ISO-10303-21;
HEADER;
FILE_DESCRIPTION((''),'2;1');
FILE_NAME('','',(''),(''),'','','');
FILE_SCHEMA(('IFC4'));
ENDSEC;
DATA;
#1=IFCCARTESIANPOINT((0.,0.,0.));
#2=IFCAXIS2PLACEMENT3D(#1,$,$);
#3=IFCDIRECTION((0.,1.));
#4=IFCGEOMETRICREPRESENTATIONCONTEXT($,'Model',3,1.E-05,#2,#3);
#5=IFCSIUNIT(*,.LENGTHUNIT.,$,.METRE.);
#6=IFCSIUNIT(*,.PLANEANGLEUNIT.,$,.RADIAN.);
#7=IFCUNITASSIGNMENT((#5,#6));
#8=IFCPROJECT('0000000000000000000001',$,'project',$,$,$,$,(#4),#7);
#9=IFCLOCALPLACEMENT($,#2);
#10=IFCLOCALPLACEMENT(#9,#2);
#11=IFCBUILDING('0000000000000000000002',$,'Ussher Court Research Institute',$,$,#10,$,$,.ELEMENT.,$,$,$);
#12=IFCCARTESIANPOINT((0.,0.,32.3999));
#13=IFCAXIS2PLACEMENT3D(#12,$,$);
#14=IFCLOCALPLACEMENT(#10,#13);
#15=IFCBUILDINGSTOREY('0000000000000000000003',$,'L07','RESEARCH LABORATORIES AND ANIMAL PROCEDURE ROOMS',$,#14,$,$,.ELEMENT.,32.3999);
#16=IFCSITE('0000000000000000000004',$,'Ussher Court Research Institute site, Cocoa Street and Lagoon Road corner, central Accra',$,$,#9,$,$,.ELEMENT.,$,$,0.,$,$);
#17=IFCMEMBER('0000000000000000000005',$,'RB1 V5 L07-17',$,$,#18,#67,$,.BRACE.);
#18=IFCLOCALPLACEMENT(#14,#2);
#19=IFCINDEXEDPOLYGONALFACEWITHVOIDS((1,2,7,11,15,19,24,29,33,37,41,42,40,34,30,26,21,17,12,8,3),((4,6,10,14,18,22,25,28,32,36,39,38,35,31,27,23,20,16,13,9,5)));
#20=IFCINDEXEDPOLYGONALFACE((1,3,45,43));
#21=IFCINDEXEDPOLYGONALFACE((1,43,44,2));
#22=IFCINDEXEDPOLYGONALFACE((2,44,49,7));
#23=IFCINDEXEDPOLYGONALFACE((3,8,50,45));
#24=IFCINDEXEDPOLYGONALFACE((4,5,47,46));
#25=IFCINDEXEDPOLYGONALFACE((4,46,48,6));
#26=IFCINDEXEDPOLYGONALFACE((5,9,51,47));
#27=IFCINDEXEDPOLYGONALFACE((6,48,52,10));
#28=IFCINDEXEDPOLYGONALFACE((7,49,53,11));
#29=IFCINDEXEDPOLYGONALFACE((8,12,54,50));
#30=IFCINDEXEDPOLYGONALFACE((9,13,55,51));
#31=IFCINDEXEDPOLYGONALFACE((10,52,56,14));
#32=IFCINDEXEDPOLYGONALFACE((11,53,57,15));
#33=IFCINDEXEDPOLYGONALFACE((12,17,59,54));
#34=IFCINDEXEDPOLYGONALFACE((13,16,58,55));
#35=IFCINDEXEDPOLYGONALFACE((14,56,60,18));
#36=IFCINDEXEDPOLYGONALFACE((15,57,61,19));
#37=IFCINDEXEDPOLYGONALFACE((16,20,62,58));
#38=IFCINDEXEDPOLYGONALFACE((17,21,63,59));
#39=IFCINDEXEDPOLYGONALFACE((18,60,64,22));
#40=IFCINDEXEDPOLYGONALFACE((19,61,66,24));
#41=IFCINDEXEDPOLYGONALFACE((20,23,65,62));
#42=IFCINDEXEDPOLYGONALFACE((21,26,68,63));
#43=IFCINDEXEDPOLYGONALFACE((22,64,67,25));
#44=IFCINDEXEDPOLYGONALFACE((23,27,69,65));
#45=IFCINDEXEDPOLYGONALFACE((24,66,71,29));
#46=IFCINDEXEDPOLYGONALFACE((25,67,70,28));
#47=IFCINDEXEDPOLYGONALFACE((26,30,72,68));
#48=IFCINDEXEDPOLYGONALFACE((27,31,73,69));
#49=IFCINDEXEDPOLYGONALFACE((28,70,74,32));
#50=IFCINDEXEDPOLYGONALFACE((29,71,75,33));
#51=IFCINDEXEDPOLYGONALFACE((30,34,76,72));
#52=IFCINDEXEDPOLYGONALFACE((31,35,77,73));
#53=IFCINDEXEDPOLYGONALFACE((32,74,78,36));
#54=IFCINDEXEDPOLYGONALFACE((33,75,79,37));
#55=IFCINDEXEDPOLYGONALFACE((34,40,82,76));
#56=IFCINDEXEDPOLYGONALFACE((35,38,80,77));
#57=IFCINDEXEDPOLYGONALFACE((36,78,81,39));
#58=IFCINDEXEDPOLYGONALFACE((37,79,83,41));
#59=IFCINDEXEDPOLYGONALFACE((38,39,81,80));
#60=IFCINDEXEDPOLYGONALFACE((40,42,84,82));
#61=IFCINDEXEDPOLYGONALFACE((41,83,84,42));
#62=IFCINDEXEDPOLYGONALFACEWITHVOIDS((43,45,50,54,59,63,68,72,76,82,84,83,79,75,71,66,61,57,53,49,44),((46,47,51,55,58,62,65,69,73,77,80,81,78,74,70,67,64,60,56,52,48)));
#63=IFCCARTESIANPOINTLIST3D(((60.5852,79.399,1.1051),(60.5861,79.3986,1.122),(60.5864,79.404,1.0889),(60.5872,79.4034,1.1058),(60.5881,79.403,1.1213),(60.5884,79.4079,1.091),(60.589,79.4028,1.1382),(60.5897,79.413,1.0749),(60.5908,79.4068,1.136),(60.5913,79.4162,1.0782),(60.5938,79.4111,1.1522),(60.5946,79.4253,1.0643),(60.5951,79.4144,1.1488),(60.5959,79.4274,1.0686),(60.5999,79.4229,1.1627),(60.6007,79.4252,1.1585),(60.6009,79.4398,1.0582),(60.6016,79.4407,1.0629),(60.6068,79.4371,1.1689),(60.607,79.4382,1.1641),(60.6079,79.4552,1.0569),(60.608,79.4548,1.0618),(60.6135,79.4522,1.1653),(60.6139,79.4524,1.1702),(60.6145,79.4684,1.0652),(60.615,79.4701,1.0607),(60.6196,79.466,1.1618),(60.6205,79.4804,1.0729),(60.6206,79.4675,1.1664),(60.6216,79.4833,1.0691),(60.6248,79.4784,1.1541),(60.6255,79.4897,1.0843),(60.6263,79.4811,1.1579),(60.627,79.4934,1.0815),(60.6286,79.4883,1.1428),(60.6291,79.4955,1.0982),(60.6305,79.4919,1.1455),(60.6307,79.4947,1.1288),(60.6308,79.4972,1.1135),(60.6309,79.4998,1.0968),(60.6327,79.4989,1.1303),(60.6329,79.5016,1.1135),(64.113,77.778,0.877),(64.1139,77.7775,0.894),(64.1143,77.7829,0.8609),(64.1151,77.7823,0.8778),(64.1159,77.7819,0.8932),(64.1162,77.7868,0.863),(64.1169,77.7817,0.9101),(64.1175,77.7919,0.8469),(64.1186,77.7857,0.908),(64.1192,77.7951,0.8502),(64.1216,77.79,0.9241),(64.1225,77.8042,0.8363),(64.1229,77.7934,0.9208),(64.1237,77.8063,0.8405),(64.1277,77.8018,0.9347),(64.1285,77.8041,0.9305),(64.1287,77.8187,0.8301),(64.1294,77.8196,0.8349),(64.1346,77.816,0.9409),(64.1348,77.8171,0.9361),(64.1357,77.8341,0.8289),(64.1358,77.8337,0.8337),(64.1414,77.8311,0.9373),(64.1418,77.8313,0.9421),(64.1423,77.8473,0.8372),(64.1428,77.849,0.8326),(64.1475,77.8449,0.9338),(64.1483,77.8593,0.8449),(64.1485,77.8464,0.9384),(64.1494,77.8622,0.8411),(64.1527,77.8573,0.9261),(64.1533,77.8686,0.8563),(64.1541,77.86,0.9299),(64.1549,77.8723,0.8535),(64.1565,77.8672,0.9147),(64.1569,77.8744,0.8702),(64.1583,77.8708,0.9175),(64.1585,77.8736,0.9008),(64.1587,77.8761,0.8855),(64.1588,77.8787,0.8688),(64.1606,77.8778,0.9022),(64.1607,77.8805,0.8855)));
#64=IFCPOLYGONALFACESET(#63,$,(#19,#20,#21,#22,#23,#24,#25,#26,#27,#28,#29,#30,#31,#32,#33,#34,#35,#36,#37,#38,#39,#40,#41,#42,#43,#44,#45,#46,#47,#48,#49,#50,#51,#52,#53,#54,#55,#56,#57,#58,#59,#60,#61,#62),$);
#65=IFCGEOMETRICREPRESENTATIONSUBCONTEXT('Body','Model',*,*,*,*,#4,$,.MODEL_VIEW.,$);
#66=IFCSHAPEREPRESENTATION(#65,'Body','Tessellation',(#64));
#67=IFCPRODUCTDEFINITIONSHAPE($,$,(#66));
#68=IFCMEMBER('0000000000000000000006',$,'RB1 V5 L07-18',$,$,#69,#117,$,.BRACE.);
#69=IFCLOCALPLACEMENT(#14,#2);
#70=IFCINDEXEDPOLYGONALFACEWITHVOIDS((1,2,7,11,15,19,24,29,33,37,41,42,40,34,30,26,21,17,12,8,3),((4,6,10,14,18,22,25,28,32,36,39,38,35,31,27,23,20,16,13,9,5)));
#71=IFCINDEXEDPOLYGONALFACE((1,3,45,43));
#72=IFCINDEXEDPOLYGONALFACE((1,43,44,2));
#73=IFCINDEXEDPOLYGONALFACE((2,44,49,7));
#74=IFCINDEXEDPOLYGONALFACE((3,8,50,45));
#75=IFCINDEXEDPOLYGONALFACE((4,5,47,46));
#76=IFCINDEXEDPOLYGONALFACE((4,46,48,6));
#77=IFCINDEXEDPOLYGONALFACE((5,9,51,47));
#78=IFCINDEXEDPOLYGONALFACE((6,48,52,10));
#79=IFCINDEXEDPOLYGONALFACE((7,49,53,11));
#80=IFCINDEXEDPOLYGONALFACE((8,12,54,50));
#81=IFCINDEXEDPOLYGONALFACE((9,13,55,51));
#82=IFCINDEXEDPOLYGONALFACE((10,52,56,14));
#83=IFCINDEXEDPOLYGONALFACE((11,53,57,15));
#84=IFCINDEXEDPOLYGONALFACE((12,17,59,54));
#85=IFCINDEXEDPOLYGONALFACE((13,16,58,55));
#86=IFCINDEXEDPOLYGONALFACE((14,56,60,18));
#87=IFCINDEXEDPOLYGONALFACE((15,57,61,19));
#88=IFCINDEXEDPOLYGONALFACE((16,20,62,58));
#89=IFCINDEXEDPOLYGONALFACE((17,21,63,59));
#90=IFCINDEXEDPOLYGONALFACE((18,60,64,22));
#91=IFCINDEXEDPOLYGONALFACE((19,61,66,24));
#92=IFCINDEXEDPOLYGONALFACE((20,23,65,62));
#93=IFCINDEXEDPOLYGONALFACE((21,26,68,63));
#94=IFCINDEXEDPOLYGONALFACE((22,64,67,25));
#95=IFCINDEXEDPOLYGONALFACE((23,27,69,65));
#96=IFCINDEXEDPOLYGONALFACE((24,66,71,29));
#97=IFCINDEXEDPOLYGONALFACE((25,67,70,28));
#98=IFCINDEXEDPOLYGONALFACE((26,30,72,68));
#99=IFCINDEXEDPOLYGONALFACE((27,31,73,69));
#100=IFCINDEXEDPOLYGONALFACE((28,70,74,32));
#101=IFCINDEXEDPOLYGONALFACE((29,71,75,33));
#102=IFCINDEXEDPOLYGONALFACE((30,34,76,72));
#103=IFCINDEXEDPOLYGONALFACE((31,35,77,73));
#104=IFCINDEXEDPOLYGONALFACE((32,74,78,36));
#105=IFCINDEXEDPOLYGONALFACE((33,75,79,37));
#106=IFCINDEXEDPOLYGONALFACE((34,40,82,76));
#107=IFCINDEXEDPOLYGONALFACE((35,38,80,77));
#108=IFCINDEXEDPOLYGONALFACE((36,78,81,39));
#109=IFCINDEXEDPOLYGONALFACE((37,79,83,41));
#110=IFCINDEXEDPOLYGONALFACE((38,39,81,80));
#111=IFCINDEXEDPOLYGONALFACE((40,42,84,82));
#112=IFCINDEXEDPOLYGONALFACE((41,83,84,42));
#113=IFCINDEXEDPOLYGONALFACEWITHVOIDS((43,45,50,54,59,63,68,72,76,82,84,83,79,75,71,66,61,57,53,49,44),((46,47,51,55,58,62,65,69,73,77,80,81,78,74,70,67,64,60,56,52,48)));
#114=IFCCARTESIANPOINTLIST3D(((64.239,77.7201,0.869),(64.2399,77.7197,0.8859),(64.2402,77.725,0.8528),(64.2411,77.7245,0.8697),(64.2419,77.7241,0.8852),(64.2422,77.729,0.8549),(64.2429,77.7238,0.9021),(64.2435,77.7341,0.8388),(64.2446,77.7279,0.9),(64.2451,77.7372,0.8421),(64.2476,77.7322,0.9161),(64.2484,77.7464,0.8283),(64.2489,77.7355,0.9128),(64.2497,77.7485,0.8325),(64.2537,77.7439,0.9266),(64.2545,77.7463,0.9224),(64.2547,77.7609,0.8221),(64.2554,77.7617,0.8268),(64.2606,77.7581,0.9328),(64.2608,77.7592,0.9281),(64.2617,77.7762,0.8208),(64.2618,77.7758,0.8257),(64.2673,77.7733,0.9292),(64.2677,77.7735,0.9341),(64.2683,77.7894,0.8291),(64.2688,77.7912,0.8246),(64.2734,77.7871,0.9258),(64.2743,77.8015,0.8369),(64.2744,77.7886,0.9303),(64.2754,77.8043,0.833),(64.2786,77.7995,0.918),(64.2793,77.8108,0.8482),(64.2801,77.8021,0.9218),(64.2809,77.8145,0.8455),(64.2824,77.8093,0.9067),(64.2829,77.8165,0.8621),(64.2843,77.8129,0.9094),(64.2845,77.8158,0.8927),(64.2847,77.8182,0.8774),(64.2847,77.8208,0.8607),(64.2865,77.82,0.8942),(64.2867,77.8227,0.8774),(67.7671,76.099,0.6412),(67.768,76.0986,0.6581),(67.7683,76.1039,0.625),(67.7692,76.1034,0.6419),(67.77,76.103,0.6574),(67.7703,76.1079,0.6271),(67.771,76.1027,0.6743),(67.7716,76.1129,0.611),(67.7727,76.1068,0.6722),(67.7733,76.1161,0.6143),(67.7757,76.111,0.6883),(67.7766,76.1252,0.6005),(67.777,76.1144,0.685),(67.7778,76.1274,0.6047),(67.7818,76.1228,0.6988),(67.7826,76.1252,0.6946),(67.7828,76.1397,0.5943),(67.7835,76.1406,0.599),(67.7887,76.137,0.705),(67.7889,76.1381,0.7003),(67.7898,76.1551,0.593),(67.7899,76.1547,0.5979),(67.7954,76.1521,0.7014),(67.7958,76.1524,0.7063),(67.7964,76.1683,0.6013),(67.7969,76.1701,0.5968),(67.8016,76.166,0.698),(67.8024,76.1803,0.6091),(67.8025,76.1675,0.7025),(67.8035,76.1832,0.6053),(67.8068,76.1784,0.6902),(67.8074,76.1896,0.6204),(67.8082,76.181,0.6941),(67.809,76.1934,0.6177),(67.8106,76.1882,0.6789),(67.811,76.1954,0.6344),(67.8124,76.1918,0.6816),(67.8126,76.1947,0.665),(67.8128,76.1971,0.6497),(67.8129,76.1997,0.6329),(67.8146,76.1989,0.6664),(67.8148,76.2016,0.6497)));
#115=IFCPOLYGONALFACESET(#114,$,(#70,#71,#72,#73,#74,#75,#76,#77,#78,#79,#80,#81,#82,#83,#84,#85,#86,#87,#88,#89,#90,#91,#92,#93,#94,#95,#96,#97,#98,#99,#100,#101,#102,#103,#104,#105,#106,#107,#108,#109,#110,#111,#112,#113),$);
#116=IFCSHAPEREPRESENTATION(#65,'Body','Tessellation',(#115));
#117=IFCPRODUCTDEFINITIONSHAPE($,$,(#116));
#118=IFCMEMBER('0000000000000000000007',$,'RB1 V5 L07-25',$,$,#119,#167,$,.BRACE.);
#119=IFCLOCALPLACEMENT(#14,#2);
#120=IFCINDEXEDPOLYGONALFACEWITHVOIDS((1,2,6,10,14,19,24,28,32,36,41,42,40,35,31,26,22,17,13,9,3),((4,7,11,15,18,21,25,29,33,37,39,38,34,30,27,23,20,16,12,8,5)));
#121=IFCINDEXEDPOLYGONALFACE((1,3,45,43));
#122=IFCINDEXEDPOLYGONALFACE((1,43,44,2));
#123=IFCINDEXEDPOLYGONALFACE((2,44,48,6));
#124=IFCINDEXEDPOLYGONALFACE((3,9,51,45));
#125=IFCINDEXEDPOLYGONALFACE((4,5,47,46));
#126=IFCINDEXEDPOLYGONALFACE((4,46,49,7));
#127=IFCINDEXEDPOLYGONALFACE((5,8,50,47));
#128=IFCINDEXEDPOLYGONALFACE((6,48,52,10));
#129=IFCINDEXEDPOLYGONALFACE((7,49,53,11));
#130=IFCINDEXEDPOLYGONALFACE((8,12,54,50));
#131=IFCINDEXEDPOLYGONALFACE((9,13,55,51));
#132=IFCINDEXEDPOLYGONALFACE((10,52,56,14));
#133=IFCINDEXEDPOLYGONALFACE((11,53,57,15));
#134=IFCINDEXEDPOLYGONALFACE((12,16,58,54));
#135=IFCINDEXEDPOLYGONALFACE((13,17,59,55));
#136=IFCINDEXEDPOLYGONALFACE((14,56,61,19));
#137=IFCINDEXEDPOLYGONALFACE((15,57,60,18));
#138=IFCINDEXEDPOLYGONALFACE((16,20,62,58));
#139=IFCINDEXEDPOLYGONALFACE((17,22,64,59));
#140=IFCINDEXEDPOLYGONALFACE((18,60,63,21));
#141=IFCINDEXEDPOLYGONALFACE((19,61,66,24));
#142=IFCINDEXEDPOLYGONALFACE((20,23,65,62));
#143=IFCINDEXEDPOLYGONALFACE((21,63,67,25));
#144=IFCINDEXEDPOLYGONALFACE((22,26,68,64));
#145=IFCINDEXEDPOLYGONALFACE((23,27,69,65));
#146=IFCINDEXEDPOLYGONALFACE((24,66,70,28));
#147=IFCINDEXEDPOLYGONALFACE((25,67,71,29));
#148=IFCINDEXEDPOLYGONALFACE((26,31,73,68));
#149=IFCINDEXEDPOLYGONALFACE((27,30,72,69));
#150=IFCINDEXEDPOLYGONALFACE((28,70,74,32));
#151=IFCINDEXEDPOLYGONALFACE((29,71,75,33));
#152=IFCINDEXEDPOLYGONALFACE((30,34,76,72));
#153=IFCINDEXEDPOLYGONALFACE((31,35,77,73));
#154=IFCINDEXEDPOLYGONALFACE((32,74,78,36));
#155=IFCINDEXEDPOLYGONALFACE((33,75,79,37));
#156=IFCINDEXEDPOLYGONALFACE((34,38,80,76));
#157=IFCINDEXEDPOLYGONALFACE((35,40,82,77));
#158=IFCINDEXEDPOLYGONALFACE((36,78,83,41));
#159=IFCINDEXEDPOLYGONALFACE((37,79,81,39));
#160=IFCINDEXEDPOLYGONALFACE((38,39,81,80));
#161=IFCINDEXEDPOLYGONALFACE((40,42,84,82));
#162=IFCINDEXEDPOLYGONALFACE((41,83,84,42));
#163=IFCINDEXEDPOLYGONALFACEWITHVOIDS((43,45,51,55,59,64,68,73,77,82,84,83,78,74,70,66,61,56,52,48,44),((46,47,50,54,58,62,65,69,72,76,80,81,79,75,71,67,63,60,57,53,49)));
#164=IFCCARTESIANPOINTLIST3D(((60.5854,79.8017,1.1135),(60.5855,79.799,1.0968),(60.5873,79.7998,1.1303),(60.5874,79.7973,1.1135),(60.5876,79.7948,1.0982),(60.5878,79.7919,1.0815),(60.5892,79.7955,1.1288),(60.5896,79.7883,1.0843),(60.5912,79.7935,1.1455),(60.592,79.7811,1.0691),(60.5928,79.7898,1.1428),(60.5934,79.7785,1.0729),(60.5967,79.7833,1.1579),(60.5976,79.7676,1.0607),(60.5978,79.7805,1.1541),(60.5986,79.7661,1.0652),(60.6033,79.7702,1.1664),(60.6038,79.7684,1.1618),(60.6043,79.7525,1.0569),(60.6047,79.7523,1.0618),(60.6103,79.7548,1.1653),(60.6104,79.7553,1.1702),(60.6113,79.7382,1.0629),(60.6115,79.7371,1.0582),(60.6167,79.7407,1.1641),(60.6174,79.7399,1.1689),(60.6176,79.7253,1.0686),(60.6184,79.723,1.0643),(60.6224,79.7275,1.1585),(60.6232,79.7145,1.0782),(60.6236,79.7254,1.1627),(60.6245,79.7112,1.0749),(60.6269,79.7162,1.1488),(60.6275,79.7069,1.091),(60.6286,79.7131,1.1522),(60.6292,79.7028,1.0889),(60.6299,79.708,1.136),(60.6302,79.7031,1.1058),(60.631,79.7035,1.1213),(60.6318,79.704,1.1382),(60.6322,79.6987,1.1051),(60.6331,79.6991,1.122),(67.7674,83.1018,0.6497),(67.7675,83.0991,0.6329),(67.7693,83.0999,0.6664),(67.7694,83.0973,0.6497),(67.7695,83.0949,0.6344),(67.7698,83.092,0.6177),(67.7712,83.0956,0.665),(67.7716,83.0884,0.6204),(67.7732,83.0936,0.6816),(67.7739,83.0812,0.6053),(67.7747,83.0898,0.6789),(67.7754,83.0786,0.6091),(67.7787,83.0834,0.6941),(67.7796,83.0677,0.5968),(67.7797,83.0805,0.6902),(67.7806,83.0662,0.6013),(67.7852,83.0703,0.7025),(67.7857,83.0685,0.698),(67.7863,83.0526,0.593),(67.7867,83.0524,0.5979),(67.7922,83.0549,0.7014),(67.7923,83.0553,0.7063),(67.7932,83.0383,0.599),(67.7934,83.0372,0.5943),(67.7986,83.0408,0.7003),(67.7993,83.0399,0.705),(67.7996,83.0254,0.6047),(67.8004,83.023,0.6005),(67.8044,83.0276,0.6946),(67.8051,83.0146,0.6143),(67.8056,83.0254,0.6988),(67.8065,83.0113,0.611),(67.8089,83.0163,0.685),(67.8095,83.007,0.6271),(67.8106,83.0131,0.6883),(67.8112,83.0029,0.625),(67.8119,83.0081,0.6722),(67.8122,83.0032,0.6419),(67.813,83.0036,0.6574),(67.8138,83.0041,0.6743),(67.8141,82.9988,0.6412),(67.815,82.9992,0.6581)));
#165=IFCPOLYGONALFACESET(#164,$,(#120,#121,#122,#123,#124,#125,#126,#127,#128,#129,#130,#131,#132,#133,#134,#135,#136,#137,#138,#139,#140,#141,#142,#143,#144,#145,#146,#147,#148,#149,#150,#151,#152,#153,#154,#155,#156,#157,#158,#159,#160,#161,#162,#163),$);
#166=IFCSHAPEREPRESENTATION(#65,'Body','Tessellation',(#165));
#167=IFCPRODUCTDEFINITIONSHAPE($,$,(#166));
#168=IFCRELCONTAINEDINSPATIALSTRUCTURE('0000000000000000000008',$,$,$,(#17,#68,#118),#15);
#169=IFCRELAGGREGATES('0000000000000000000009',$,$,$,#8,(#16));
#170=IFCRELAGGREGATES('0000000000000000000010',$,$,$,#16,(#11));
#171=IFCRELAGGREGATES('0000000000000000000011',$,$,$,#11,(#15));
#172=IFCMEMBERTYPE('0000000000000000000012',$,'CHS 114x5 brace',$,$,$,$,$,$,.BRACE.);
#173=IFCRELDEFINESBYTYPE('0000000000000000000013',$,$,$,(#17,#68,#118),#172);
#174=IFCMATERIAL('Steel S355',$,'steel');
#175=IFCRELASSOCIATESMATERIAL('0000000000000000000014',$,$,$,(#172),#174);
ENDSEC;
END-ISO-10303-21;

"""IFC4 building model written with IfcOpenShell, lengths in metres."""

from ifc_helpers import new_model, si_unit, direction, frame, origin, origin_2d, place, context, subcontext, project, spatial, hollow_circle, extrude, material, material_profile, profile_set, type_object, element, save


model = new_model("IFC4")

# Units and contexts
model_context = context("Model", 3, precision=1e-05, world=origin(), true_north=direction((0.0, 1.0)))
body_context = subcontext(model_context, "Body", "Model", "MODEL_VIEW")
ifc_project = project(units=[si_unit("LENGTHUNIT", "METRE"), si_unit("PLANEANGLEUNIT", "RADIAN")], contexts=[model_context])

# Site, building, storey
site_placement = place(None, origin())
site = spatial("IfcSite", under=ifc_project, at=site_placement, Name="Ussher Court Research Institute site, Cocoa Street and Lagoon Road corner, central Accra", CompositionType="ELEMENT", RefElevation=0.0)
building_placement = place(site_placement, origin())
building = spatial("IfcBuilding", under=site, at=building_placement, Name="Ussher Court Research Institute", CompositionType="ELEMENT")
storey_placement = place(building_placement, frame((0.0, 0.0, 32.3999)))
storey = spatial("IfcBuildingStorey", under=building, at=storey_placement, Name="L07", Description="RESEARCH LABORATORIES AND ANIMAL PROCEDURE ROOMS", CompositionType="ELEMENT", Elevation=32.3999)

# Members
ifc_material_1 = material(Name="Steel S355", Category="steel")
ifc_material_profile_1 = material_profile(ifc_material_1, hollow_circle(Radius=0.0569, WallThickness=0.0049, at=origin_2d()), Name="CHS 114x5")
ifc_profile_set_1 = profile_set([ifc_material_profile_1], Name="Steel S355")
member_type_1 = type_object("IfcMemberType", Name="CHS 114x5 brace", PredefinedType="BRACE", material=ifc_profile_set_1)
member_1_placement = place(storey_placement, frame((60.6091, 79.45, 1.1135), z_axis=(0.907094, -0.416824, -0.058632), x_axis=(0.417542, 0.908658, 0.0)))
element("IfcMember", 1, at=member_1_placement, inside=storey, type_object=member_type_1, Name="RB1 V5 L07-17", PredefinedType="BRACE", context=body_context, shape_type="SweptSolid", body=[
    extrude(hollow_circle(Radius=0.0569, WallThickness=0.0049, at=origin_2d()), origin(), (0.0, 0.0, 1.0), 3.8892),
])
member_2_placement = place(storey_placement, frame((64.2629, 77.771, 0.8774), z_axis=(0.907109, -0.416802, -0.058566), x_axis=(0.417518, 0.908668, 0.0)))
element("IfcMember", 2, at=member_2_placement, inside=storey, type_object=member_type_1, Name="RB1 V5 L07-18", PredefinedType="BRACE", context=body_context, shape_type="SweptSolid", body=[
    extrude(hollow_circle(Radius=0.0569, WallThickness=0.0049, at=origin_2d()), origin(), (0.0, 0.0, 1.0), 3.8894),
])
member_3_placement = place(storey_placement, frame((60.6091, 79.75, 1.1135), z_axis=(0.907103, 0.416811, -0.058588), x_axis=(-0.417528, 0.908664, 0.0)))
element("IfcMember", 3, at=member_3_placement, inside=storey, type_object=member_type_1, Name="RB1 V5 L07-25", PredefinedType="BRACE", context=body_context, shape_type="SweptSolid", body=[
    extrude(hollow_circle(Radius=0.0569, WallThickness=0.0049, at=origin_2d()), origin(), (0.0, 0.0, 1.0), 7.9175),
])

save(model, "model.ifc")
